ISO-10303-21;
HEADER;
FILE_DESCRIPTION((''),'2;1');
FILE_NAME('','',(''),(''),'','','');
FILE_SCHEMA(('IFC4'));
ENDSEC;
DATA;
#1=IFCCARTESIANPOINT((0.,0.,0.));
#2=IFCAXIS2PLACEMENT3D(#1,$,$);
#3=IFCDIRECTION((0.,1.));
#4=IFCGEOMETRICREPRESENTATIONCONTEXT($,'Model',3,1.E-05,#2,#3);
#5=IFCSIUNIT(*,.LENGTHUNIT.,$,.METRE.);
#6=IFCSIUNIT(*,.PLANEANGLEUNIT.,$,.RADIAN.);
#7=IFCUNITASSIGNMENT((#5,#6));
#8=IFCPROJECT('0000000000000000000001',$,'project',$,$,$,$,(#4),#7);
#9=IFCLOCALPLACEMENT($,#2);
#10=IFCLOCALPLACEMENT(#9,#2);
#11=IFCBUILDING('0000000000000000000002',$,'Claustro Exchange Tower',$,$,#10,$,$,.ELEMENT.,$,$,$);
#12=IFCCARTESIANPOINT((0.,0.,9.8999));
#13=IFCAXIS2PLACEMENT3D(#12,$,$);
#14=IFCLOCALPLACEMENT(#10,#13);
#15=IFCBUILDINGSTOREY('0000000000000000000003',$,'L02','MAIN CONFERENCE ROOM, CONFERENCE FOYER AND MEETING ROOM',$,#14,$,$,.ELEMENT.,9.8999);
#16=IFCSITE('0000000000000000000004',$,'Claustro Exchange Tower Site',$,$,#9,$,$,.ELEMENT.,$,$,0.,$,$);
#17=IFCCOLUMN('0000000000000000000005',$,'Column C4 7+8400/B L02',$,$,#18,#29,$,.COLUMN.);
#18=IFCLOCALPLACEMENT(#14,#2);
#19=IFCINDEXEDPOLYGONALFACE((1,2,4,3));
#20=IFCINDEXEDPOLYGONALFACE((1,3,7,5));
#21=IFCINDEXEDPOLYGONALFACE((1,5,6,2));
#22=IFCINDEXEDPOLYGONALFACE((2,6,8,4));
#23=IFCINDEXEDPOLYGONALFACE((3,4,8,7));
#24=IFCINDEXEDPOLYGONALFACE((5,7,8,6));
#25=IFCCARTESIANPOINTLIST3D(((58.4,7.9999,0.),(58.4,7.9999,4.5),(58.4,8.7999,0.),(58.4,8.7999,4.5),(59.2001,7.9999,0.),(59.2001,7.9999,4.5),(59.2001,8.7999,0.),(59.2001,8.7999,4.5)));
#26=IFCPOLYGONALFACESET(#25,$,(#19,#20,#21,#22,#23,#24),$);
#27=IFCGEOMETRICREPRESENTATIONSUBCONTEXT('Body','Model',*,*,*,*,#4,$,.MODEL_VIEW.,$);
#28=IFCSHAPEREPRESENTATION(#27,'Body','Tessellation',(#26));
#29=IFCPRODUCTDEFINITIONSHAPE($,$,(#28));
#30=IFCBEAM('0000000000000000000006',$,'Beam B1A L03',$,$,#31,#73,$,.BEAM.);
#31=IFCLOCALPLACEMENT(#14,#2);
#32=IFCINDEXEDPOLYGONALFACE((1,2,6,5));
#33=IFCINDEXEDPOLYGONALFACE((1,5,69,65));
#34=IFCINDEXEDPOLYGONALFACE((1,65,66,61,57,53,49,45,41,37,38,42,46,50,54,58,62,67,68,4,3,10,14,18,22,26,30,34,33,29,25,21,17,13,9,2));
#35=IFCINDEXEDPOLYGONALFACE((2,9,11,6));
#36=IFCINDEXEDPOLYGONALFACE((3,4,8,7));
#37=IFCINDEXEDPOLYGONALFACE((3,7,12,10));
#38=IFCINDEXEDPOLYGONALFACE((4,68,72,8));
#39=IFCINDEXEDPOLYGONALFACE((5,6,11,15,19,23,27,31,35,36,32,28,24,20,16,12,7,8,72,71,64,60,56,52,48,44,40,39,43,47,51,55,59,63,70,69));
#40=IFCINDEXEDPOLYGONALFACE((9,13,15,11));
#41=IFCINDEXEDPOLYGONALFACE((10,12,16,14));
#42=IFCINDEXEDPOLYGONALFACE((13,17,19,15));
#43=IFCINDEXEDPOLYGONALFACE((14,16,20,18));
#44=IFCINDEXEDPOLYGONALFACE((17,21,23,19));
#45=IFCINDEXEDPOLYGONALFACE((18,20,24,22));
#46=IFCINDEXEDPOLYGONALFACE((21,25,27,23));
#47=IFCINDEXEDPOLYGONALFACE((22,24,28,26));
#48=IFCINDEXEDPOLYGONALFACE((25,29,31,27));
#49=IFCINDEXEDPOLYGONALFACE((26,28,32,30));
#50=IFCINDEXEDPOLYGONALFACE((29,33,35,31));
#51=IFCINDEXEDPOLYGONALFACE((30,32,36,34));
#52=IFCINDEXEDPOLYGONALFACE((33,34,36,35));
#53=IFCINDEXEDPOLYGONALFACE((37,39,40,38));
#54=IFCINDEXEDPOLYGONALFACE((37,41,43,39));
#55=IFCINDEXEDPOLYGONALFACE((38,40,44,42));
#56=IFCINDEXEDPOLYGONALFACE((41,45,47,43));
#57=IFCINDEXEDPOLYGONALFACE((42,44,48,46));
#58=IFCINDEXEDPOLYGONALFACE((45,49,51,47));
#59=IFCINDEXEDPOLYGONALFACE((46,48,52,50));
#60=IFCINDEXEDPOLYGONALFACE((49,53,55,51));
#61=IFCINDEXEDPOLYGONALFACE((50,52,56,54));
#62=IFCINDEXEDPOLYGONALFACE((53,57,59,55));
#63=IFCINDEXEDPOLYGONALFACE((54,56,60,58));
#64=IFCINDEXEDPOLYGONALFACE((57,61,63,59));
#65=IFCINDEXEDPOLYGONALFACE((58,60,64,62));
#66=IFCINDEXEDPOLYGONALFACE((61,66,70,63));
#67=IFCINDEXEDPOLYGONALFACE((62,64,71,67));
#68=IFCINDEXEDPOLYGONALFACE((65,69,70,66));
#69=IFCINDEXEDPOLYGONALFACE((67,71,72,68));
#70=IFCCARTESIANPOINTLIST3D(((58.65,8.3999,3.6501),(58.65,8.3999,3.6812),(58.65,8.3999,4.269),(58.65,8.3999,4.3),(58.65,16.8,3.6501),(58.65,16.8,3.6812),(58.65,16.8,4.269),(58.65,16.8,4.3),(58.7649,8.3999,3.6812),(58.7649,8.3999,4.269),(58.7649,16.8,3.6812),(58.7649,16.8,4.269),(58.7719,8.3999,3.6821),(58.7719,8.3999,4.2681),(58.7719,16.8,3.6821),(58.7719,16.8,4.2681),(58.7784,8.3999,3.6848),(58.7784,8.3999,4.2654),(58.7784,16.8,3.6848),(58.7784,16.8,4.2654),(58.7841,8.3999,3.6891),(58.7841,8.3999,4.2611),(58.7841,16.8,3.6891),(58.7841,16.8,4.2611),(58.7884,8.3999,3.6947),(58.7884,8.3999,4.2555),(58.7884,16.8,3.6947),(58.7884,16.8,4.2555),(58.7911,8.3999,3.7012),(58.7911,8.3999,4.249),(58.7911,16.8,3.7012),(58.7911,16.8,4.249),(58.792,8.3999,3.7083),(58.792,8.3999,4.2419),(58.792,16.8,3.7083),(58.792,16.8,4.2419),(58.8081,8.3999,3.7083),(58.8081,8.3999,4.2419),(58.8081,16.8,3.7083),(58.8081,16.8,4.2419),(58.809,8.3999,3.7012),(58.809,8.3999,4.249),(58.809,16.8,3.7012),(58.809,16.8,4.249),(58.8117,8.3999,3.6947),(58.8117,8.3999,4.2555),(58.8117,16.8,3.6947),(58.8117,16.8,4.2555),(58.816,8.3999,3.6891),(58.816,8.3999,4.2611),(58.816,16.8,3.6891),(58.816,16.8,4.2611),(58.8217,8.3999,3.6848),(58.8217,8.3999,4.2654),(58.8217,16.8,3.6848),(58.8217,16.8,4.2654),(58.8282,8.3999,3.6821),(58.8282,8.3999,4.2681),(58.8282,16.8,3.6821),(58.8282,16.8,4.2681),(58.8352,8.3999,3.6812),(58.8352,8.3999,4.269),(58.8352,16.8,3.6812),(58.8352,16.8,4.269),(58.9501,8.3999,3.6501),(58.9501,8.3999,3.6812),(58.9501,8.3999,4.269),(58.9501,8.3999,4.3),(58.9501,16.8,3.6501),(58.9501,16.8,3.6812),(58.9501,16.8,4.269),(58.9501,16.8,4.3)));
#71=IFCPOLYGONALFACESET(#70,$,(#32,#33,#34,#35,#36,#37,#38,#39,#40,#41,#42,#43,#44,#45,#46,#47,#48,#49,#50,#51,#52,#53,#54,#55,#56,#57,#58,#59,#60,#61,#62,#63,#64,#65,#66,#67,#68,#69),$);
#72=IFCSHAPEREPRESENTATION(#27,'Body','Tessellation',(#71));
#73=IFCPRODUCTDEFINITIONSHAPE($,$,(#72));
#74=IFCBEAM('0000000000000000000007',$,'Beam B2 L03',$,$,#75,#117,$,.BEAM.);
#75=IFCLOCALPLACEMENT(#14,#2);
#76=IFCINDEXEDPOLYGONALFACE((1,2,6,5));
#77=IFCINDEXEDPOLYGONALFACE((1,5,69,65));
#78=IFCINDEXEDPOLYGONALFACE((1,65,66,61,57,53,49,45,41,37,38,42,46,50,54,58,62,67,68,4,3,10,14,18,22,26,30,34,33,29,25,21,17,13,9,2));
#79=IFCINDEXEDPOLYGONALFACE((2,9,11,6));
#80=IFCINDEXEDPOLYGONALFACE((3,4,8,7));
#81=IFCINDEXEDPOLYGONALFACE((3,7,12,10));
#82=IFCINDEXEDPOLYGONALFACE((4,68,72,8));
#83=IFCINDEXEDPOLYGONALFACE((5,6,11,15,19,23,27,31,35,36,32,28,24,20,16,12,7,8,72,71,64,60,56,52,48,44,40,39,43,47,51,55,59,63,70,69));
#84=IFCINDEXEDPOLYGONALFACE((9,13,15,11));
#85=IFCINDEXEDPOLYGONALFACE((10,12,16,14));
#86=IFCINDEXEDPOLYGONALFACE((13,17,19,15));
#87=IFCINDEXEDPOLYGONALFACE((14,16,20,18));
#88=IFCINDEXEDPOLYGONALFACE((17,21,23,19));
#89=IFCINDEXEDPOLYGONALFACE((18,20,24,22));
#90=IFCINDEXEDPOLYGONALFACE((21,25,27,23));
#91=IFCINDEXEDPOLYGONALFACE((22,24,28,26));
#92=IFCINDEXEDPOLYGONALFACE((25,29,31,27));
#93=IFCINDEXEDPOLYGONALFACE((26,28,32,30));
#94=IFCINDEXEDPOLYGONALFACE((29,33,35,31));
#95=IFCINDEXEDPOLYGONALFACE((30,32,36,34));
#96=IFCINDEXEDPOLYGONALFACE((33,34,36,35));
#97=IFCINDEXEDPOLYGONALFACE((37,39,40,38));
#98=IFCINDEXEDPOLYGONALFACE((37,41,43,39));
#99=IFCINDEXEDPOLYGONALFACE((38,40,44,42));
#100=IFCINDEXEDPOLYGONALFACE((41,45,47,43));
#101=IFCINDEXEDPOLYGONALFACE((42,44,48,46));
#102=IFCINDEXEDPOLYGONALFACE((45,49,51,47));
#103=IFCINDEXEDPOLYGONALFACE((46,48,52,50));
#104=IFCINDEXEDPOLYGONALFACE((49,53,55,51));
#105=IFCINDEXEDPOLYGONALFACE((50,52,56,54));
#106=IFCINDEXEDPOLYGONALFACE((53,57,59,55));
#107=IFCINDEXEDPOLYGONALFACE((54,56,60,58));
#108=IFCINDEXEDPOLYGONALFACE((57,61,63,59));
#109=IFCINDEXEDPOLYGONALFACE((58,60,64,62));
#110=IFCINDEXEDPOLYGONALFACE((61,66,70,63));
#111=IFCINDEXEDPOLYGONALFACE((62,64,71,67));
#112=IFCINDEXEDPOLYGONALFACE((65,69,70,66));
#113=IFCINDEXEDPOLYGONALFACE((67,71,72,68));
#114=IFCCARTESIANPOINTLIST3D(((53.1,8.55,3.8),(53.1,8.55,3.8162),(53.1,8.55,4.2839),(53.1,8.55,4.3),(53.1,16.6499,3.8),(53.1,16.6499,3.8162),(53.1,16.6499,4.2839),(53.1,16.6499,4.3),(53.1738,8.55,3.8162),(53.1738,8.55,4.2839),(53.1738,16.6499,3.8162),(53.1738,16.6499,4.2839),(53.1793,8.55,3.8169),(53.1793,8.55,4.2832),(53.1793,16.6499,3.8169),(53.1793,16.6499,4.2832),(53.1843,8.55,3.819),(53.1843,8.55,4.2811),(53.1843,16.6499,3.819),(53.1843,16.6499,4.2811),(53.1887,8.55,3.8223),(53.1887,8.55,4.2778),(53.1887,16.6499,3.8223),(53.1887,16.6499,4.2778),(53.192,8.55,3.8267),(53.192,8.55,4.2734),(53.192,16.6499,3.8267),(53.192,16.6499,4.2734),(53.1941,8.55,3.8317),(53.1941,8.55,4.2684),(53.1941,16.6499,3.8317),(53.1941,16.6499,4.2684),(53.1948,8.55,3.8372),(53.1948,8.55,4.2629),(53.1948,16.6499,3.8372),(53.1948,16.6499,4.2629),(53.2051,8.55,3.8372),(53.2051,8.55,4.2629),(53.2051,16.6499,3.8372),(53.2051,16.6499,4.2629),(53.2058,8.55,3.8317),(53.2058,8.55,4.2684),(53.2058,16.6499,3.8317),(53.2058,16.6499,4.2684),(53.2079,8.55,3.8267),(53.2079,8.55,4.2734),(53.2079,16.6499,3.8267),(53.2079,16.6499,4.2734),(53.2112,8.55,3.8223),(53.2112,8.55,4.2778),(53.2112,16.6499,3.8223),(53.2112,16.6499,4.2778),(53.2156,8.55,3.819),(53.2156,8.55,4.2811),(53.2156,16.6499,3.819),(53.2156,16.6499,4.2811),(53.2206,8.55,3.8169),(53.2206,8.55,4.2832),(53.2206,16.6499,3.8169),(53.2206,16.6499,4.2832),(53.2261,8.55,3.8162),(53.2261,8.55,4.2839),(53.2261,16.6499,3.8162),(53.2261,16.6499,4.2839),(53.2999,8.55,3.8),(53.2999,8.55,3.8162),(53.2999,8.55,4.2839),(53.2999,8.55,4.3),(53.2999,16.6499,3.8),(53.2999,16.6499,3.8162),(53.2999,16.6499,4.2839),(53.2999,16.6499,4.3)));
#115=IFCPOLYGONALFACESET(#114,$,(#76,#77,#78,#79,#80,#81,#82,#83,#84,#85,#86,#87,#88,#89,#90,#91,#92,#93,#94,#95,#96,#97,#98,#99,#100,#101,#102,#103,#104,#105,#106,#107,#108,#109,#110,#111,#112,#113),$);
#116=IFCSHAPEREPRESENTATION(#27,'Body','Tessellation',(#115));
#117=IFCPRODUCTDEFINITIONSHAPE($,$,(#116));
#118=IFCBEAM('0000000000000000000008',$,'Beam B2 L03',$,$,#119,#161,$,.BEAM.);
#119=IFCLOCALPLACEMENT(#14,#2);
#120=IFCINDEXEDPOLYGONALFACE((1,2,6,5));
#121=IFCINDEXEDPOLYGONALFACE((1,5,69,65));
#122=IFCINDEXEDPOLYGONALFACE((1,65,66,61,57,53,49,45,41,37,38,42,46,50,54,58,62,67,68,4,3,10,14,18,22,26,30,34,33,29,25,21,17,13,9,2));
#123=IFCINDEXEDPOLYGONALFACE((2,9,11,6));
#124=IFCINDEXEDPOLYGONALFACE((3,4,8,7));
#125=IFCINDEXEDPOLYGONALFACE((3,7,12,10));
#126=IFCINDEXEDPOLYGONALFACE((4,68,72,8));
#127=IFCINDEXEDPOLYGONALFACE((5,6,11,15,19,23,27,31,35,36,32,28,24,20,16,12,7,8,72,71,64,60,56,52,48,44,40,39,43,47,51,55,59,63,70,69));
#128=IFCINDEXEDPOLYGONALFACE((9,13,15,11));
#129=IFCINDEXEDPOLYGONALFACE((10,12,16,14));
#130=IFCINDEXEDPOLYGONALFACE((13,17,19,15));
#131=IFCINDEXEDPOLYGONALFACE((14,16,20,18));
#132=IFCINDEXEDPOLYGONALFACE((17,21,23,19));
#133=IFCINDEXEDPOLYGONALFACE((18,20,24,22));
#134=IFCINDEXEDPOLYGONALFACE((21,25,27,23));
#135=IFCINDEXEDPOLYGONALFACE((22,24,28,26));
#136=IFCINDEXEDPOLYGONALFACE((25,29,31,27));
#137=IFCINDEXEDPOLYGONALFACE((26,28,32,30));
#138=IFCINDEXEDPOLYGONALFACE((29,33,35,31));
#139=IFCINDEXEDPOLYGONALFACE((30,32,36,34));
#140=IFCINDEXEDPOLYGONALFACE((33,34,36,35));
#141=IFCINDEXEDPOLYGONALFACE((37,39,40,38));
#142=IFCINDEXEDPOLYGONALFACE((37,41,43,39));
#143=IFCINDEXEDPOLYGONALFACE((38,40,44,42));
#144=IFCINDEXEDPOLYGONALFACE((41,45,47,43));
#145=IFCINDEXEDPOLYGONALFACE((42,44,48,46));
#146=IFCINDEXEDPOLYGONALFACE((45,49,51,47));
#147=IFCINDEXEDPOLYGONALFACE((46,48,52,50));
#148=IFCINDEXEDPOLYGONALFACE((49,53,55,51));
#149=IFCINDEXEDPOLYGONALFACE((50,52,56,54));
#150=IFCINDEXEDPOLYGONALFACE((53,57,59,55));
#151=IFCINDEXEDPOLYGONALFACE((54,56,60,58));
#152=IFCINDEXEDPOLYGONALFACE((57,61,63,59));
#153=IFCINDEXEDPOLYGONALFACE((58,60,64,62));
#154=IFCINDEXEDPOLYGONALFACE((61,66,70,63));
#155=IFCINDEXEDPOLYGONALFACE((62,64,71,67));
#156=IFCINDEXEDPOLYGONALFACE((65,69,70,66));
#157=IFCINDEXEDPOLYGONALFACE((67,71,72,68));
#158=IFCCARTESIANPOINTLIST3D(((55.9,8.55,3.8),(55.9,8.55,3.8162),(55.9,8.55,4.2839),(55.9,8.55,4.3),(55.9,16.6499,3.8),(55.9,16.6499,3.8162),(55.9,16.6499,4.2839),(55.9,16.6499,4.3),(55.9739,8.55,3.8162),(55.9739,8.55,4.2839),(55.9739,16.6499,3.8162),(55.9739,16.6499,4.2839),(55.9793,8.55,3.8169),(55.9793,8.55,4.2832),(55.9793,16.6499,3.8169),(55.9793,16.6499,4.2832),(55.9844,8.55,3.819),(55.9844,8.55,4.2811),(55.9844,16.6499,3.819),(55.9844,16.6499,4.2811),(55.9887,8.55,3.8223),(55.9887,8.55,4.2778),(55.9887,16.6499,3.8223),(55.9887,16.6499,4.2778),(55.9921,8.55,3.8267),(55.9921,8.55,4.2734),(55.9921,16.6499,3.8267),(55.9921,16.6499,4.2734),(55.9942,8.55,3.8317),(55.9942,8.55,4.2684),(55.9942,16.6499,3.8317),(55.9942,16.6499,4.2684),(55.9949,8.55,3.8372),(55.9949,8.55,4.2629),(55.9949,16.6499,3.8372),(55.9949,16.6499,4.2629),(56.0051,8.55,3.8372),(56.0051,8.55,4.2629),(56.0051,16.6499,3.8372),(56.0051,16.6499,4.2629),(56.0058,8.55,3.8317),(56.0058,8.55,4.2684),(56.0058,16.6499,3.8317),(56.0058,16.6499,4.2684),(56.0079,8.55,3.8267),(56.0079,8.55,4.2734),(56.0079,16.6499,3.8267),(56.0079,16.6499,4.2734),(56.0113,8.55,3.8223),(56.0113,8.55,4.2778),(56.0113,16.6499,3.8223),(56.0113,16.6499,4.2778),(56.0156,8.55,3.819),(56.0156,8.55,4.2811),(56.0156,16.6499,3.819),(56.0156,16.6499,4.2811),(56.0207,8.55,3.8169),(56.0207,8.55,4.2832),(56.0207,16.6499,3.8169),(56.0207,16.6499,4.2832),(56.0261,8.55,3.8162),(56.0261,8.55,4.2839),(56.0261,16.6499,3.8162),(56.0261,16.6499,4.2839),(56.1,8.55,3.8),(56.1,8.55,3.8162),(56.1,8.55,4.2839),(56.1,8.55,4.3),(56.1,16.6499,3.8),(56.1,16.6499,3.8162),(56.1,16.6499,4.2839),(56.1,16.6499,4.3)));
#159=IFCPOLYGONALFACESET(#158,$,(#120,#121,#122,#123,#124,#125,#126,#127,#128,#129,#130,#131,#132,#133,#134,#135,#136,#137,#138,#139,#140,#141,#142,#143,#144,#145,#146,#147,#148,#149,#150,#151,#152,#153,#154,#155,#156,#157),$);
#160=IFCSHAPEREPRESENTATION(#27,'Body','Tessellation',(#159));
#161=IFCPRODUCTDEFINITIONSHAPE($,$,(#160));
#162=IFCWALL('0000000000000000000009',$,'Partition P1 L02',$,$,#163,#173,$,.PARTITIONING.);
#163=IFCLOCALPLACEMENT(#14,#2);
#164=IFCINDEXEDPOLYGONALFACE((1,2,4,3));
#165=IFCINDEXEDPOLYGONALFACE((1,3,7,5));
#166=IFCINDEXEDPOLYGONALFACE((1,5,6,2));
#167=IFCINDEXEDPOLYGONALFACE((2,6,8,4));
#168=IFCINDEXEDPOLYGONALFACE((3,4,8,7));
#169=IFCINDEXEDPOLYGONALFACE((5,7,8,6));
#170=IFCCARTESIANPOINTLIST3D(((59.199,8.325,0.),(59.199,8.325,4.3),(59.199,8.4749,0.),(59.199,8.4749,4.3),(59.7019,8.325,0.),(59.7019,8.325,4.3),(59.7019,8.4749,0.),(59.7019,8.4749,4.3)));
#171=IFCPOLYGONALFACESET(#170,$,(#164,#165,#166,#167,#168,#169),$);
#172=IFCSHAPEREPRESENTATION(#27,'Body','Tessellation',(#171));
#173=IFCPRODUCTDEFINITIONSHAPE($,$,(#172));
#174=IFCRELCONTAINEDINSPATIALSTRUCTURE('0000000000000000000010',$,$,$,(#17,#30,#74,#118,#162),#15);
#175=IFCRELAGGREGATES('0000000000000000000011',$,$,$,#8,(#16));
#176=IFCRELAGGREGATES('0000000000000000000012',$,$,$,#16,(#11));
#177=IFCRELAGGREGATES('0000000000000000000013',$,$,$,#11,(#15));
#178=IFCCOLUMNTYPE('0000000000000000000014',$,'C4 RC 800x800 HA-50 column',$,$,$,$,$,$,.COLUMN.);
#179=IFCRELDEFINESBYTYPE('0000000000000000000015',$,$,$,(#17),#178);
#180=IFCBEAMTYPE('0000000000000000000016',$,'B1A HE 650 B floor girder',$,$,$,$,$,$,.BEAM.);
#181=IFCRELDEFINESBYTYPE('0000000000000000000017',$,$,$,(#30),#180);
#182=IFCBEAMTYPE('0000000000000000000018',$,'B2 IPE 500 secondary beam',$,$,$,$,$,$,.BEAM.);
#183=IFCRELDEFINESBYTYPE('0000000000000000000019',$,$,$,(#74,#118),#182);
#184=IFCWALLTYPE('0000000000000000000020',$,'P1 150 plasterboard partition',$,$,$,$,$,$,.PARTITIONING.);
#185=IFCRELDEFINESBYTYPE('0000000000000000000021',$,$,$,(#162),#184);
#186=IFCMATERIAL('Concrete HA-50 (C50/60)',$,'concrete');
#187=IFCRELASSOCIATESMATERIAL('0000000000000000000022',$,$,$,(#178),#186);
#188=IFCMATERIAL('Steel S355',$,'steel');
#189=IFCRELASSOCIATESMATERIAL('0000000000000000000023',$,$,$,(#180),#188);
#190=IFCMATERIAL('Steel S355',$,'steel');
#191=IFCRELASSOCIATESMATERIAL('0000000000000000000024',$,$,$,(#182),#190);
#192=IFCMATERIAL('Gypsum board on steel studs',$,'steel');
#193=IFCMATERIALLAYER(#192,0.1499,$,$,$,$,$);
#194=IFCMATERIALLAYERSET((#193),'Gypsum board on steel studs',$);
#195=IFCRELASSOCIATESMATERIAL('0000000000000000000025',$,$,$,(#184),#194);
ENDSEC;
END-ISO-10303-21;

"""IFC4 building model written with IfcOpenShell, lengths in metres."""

from ifc_helpers import new_model, si_unit, direction, frame, frame_2d, origin, origin_2d, place, context, subcontext, project, spatial, rectangle, i_section, extrude, material, layer, layer_set, material_profile, profile_set, type_object, element, save


model = new_model("IFC4")

# Units and contexts
model_context = context("Model", 3, precision=1e-05, world=origin(), true_north=direction((0.0, 1.0)))
body_context = subcontext(model_context, "Body", "Model", "MODEL_VIEW")
ifc_project = project(units=[si_unit("LENGTHUNIT", "METRE"), si_unit("PLANEANGLEUNIT", "RADIAN")], contexts=[model_context])

# Site, building, storey
site_placement = place(None, origin())
site = spatial("IfcSite", under=ifc_project, at=site_placement, Name="Claustro Exchange Tower Site", CompositionType="ELEMENT", RefElevation=0.0)
building_placement = place(site_placement, origin())
building = spatial("IfcBuilding", under=site, at=building_placement, Name="Claustro Exchange Tower", CompositionType="ELEMENT")
storey_placement = place(building_placement, frame((0.0, 0.0, 9.8999)))
storey = spatial("IfcBuildingStorey", under=building, at=storey_placement, Name="L02", Description="MAIN CONFERENCE ROOM, CONFERENCE FOYER AND MEETING ROOM", CompositionType="ELEMENT", Elevation=9.8999)

# Column
ifc_material_1 = material(Name="Concrete HA-50 (C50/60)", Category="concrete")
ifc_material_profile_1 = material_profile(ifc_material_1, rectangle(XDim=0.8, YDim=0.8, at=origin_2d()), Name="RC 800x800")
ifc_profile_set_1 = profile_set([ifc_material_profile_1], Name="Concrete HA-50 (C50/60)")
column_type = type_object("IfcColumnType", Name="C4 RC 800x800 HA-50 column", PredefinedType="COLUMN", material=ifc_profile_set_1)
column_placement = place(storey_placement, frame((58.8, 8.3999, 0.0), z_axis=(0.0, 0.0, 1.0), x_axis=(1.0, 0.0, 0.0)))
element("IfcColumn", 1, at=column_placement, inside=storey, type_object=column_type, Name="Column C4 7+8400/B L02", PredefinedType="COLUMN", context=body_context, shape_type="SweptSolid", body=[
    extrude(rectangle(XDim=0.8, YDim=0.8, at=origin_2d()), origin(), (0.0, 0.0, 1.0), 4.5),
])

# Beams
ifc_material_2 = material(Name="Steel S355", Category="steel")
ifc_material_profile_2 = material_profile(ifc_material_2, i_section(OverallWidth=0.3, OverallDepth=0.6499, WebThickness=0.0161, FlangeThickness=0.031, FilletRadius=0.0271, at=origin_2d()), Name="HE 650 B")
ifc_profile_set_2 = profile_set([ifc_material_profile_2], Name="Steel S355")
beam_type_1 = type_object("IfcBeamType", Name="B1A HE 650 B floor girder", PredefinedType="BEAM", material=ifc_profile_set_2)
beam_placement = place(storey_placement, frame((58.8, 8.3999, 3.9751), z_axis=(0.0, 1.0, 0.0), x_axis=(-1.0, 0.0, 0.0)))
element("IfcBeam", 2, at=beam_placement, inside=storey, type_object=beam_type_1, Name="Beam B1A L03", PredefinedType="BEAM", context=body_context, shape_type="SweptSolid", body=[
    extrude(i_section(OverallWidth=0.3, OverallDepth=0.6499, WebThickness=0.0161, FlangeThickness=0.031, FilletRadius=0.0271, at=origin_2d()), origin(), (0.0, 0.0, 1.0), 8.4001),
])
ifc_material_3 = material(Name="Steel S355", Category="steel")
ifc_material_profile_3 = material_profile(ifc_material_3, i_section(OverallWidth=0.2, OverallDepth=0.5, WebThickness=0.0103, FlangeThickness=0.0161, FilletRadius=0.021, at=origin_2d()), Name="IPE 500")
ifc_profile_set_3 = profile_set([ifc_material_profile_3], Name="Steel S355")
beam_type_2 = type_object("IfcBeamType", Name="B2 IPE 500 secondary beam", PredefinedType="BEAM", material=ifc_profile_set_3)
for number, where, z_axis, x_axis, name in (
    (3, (53.2, 8.55, 4.05), (0.0, 1.0, 0.0), (-1.0, 0.0, 0.0), "Beam B2 L03"),
    (4, (56.0, 8.55, 4.05), (0.0, 1.0, 0.0), (-1.0, 0.0, 0.0), "Beam B2 L03"),
):
    element("IfcBeam", number, at=place(storey_placement, frame(where, z_axis=z_axis, x_axis=x_axis)), inside=storey, type_object=beam_type_2, Name=name, PredefinedType="BEAM", context=body_context, shape_type="SweptSolid", body=[
        extrude(i_section(OverallWidth=0.2, OverallDepth=0.5, WebThickness=0.0103, FlangeThickness=0.0161, FilletRadius=0.021, at=origin_2d()), origin(), (0.0, 0.0, 1.0), 8.0999),
    ])

# Wall
ifc_material_4 = material(Name="Gypsum board on steel studs", Category="steel")
ifc_layer_1 = layer(ifc_material_4, 0.1499)
ifc_layer_set_1 = layer_set([ifc_layer_1], Name="Gypsum board on steel studs")
wall_type_1 = type_object("IfcWallType", Name="P1 150 plasterboard partition", PredefinedType="PARTITIONING", material=ifc_layer_set_1)
wall_1_placement = place(storey_placement, frame((59.199, 8.3999, 0.0), z_axis=(0.0, 0.0, 1.0), x_axis=(1.0, 0.0, 0.0)))
element("IfcWall", 5, at=wall_1_placement, inside=storey, type_object=wall_type_1, Name="Partition P1 L02", PredefinedType="PARTITIONING", context=body_context, shape_type="SweptSolid", body=[
    extrude(rectangle(XDim=0.5029, YDim=0.1499, at=frame_2d((0.2515, 0.0))), origin(), (0.0, 0.0, 1.0), 4.3),
])

save(model, "model.ifc")
